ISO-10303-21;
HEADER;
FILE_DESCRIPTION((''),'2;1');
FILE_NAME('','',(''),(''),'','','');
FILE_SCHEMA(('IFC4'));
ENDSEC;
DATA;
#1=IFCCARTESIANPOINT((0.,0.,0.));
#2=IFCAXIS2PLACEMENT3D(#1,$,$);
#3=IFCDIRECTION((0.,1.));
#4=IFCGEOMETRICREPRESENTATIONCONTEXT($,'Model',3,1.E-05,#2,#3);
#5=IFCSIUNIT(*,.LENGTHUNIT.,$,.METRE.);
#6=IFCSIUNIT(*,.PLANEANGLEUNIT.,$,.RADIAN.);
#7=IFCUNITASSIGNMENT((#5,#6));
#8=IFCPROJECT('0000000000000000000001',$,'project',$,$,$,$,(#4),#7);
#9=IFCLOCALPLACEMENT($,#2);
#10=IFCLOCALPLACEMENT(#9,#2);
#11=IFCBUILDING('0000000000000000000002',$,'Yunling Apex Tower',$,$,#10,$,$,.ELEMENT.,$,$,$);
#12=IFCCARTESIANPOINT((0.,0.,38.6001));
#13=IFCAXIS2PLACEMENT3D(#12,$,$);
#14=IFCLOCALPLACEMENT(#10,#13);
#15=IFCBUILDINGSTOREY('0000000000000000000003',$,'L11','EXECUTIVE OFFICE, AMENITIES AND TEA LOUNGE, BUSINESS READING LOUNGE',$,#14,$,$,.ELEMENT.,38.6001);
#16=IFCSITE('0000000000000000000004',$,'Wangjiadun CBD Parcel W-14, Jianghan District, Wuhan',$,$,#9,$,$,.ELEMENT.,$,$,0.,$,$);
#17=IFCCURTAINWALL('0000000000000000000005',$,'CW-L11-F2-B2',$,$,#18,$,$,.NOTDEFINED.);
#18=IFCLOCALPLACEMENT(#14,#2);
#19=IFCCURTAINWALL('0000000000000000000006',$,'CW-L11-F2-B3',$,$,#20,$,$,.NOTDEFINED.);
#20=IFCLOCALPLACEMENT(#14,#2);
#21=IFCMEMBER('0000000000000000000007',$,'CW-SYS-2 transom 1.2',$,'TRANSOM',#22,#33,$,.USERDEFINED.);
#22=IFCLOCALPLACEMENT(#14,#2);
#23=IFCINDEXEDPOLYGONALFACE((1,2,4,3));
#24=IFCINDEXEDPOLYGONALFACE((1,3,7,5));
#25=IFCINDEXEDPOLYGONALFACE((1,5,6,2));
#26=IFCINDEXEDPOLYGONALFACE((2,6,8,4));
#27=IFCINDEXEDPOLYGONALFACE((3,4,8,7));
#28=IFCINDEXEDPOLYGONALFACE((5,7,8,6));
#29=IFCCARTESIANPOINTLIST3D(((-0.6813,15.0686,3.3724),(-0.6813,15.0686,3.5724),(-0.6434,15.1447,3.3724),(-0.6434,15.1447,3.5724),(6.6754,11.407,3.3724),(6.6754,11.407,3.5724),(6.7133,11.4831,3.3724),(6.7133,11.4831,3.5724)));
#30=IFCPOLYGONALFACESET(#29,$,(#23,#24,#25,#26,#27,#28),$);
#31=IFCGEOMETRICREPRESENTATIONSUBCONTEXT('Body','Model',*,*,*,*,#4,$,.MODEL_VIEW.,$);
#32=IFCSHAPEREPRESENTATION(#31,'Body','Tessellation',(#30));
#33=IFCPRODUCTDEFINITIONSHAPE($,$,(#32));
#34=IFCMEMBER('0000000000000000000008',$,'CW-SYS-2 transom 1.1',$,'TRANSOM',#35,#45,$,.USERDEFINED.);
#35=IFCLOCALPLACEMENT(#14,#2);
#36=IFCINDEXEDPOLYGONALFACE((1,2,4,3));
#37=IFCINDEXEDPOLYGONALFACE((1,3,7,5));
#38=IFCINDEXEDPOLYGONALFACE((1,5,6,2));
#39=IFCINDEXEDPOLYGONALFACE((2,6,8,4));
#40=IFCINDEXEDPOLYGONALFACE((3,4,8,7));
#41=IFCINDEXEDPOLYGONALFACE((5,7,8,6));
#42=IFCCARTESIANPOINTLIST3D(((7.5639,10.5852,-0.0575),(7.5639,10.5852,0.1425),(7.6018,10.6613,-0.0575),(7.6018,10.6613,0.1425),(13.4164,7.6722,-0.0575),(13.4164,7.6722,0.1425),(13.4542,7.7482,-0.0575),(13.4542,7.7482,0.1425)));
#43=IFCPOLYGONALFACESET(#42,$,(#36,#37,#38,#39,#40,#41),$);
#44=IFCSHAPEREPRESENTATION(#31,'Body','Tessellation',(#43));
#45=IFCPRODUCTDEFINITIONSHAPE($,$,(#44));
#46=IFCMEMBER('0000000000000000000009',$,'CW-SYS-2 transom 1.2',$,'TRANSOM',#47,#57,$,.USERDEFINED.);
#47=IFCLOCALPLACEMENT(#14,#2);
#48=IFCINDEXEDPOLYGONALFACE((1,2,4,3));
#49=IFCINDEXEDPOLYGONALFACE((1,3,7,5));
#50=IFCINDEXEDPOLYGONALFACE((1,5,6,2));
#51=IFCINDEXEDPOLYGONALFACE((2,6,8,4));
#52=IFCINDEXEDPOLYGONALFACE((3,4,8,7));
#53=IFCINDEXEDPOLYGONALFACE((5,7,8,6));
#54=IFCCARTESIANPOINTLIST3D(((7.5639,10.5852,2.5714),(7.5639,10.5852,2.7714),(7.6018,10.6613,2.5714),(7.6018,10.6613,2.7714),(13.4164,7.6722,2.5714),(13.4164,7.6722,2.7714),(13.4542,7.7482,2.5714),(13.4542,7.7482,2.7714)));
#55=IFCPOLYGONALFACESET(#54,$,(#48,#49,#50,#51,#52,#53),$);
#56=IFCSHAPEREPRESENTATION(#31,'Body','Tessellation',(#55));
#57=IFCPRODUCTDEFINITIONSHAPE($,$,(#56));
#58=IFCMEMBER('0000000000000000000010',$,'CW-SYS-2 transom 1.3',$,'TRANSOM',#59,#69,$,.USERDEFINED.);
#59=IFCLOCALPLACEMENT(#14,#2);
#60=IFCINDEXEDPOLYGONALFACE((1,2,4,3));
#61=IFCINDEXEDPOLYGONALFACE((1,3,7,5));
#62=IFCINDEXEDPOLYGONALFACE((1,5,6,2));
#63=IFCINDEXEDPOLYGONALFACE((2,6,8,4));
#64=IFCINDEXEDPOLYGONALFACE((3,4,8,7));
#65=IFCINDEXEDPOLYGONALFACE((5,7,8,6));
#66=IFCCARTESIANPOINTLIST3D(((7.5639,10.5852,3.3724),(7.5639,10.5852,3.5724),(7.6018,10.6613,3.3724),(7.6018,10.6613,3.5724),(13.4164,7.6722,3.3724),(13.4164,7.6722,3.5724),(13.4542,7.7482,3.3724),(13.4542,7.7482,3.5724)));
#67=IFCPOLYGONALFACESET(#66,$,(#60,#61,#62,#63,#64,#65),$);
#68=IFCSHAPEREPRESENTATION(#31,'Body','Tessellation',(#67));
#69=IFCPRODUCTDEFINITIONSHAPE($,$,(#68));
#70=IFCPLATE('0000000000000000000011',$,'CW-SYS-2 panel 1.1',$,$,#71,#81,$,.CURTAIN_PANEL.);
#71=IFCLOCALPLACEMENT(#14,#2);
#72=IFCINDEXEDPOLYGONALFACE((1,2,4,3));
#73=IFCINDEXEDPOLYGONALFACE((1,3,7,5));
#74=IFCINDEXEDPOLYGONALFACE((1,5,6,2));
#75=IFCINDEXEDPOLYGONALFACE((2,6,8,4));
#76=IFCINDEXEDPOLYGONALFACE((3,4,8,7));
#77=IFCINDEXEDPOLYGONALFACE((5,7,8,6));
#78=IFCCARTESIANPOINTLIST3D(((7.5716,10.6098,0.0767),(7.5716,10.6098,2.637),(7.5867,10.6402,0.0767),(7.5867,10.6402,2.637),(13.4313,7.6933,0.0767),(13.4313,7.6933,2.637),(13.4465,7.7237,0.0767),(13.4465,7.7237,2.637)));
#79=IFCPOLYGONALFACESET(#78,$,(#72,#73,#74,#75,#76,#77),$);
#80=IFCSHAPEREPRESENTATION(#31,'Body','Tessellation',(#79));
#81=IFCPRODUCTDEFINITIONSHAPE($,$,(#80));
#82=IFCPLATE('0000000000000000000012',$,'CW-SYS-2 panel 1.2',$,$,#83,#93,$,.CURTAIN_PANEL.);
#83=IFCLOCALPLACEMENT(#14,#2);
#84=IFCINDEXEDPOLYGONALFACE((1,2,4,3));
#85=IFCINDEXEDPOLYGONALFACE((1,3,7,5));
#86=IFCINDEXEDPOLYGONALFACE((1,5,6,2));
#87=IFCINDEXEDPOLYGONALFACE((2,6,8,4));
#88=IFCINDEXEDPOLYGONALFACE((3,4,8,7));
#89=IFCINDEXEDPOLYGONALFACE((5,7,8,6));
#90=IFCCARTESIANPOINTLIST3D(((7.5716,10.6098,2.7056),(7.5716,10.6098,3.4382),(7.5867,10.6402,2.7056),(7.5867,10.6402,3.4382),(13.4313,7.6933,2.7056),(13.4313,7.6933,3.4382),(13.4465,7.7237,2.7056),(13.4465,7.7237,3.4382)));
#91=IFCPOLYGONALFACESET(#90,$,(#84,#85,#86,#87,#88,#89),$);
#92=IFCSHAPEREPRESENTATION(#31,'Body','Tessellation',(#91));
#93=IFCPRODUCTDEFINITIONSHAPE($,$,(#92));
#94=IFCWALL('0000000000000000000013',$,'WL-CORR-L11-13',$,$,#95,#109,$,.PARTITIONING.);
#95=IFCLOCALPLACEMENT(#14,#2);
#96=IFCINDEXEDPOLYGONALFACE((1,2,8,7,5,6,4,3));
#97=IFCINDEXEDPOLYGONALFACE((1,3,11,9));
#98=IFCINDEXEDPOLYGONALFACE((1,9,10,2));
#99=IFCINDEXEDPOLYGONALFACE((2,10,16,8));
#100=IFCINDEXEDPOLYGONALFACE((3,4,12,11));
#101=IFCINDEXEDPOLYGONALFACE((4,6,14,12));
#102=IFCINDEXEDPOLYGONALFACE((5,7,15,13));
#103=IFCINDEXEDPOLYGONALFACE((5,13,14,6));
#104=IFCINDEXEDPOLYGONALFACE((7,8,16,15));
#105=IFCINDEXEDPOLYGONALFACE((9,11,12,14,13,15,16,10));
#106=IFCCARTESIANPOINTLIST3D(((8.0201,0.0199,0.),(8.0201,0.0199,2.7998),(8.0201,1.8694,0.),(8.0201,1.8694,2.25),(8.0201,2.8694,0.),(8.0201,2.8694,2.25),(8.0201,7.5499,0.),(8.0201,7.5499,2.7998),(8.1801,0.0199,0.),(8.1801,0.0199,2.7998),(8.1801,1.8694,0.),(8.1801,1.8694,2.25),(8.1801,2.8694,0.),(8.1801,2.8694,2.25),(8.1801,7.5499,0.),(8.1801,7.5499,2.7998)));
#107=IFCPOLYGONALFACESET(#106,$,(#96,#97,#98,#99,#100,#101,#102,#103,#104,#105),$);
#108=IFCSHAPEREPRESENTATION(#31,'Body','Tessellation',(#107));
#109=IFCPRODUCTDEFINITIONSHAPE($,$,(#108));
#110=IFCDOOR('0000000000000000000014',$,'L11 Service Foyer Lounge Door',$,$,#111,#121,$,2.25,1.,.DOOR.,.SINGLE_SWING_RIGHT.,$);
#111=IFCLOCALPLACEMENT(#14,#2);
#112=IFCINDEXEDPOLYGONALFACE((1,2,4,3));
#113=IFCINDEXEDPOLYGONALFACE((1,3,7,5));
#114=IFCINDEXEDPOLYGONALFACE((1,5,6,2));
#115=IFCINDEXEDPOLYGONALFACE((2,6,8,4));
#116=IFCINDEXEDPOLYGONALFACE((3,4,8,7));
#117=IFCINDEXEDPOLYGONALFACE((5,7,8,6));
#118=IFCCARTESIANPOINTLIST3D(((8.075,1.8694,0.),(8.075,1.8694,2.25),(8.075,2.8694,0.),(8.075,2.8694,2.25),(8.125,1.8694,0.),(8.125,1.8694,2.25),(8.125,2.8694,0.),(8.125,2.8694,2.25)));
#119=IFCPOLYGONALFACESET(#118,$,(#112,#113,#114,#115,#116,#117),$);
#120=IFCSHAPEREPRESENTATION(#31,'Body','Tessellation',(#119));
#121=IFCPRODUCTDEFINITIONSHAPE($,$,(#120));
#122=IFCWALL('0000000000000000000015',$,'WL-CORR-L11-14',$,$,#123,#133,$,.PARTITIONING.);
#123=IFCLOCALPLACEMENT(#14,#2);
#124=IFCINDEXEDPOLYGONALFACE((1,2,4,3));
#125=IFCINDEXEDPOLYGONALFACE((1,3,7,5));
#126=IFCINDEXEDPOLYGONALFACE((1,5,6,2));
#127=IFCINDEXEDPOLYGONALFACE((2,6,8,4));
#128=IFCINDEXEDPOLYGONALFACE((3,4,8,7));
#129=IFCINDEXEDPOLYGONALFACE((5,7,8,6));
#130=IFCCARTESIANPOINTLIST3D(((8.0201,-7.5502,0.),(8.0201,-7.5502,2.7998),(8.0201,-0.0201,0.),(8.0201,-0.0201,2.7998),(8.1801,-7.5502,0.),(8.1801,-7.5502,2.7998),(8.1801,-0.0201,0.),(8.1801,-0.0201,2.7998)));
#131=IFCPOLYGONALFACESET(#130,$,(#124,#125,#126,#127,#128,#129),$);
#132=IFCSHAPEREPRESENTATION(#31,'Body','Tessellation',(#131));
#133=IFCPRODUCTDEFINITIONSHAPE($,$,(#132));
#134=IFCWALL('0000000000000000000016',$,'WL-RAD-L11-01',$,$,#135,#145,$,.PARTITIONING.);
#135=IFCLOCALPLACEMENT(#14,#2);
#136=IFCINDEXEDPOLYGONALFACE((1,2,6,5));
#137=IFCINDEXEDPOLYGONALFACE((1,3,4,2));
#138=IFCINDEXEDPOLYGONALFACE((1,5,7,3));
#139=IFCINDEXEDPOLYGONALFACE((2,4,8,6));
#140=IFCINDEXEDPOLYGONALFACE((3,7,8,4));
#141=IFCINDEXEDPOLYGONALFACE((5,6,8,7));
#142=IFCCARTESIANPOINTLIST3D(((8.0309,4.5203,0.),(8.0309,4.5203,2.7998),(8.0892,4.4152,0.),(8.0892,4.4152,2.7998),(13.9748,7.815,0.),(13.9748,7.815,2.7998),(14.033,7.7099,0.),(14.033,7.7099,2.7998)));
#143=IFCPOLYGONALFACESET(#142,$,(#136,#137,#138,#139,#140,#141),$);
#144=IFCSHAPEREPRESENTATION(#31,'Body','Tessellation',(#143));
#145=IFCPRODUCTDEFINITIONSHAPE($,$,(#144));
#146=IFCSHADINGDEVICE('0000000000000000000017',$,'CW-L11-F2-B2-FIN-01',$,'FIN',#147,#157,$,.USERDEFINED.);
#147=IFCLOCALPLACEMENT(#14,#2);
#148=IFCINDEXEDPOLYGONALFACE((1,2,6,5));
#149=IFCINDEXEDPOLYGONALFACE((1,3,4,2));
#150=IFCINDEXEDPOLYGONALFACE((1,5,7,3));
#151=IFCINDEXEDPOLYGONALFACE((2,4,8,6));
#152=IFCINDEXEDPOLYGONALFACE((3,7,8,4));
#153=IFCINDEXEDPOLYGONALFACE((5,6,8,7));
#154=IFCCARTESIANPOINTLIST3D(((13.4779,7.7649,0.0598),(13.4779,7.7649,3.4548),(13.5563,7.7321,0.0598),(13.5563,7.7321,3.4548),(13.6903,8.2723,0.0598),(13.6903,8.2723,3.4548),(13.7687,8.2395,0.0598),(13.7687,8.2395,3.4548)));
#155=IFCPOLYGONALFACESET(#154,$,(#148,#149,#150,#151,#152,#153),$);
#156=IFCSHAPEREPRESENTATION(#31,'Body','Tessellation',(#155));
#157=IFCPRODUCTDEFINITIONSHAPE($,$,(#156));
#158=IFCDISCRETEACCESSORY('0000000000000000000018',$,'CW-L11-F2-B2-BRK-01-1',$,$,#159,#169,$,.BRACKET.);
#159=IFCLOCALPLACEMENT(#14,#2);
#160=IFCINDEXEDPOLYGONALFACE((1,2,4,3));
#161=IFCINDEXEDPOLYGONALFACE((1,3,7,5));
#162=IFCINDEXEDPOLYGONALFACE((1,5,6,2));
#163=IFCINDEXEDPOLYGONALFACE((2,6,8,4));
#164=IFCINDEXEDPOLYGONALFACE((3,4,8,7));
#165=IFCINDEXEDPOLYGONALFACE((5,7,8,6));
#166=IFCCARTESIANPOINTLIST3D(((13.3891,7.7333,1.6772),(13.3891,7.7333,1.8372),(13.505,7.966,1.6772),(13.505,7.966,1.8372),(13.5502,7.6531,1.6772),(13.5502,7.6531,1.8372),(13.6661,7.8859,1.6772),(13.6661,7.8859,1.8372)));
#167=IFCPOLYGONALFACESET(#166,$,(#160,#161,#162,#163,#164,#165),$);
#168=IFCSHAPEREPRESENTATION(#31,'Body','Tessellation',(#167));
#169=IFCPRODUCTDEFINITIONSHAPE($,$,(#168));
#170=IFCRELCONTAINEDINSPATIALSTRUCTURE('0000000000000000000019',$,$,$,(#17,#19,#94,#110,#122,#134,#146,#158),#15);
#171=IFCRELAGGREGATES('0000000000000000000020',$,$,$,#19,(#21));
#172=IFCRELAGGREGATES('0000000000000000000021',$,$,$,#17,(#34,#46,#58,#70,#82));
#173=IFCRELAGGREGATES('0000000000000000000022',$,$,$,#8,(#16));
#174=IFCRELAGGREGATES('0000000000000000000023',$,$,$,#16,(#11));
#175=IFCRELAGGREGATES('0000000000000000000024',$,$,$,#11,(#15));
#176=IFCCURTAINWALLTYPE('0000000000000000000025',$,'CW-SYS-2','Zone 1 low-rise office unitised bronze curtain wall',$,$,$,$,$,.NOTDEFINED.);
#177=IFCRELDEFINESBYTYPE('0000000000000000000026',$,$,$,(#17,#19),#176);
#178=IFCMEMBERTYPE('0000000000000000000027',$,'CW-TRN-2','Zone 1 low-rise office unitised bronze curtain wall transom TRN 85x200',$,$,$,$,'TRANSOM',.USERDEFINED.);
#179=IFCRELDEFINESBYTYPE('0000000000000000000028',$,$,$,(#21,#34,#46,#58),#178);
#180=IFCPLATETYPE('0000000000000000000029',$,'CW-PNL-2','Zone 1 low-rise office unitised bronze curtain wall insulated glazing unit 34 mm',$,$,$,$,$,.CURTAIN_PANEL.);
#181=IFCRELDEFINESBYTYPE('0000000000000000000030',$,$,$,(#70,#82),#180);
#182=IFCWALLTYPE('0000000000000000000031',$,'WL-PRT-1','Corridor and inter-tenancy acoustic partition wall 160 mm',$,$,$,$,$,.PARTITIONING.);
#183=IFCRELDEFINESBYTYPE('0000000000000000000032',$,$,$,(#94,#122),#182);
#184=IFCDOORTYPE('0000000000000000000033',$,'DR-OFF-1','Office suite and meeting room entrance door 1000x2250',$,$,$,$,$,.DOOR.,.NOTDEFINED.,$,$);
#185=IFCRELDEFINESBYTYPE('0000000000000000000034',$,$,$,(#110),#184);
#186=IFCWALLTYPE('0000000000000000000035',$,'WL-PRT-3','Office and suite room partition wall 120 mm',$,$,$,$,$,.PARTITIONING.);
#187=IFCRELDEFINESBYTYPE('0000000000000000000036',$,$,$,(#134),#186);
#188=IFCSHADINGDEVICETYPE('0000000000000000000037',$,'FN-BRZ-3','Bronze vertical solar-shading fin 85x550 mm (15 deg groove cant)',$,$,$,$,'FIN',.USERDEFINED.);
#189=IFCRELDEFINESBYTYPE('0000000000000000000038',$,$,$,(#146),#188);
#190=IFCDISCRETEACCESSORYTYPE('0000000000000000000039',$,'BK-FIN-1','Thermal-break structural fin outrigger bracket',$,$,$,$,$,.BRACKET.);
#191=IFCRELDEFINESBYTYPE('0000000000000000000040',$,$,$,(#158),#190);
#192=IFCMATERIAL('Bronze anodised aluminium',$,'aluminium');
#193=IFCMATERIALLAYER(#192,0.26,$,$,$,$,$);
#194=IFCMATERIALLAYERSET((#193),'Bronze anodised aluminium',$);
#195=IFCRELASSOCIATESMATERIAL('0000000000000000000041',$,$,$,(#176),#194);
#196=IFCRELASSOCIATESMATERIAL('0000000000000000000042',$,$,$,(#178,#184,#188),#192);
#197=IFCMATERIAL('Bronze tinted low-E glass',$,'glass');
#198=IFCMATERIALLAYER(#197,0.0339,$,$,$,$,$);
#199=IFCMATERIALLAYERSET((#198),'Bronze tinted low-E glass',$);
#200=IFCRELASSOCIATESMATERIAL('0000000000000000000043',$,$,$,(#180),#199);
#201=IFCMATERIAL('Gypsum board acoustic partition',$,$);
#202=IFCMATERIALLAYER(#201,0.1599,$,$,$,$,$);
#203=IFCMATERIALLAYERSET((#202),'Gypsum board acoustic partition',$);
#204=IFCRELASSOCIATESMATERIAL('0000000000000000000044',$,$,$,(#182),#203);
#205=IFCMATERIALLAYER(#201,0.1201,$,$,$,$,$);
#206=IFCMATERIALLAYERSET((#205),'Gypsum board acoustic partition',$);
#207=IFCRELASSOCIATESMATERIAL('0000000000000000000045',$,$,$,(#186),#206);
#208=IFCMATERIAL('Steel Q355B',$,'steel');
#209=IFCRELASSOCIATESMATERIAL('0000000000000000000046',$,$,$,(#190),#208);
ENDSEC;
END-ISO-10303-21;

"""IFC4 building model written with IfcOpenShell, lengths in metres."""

from ifc_helpers import new_model, si_unit, direction, frame, frame_2d, origin, origin_2d, place, context, subcontext, project, spatial, rectangle, extrude, source, transform, mapped, material, layer, layer_set, material_profile, profile_set, type_object, element, fill, aggregate, save


model = new_model("IFC4")

# Units and contexts
model_context = context("Model", 3, precision=1e-05, world=origin(), true_north=direction((0.0, 1.0)))
body_context = subcontext(model_context, "Body", "Model", "MODEL_VIEW")
ifc_project = project(units=[si_unit("LENGTHUNIT", "METRE"), si_unit("PLANEANGLEUNIT", "RADIAN")], contexts=[model_context])

# Site, building, storey
site_placement = place(None, origin())
site = spatial("IfcSite", under=ifc_project, at=site_placement, Name="Wangjiadun CBD Parcel W-14, Jianghan District, Wuhan", CompositionType="ELEMENT", RefElevation=0.0)
building_placement = place(site_placement, origin())
building = spatial("IfcBuilding", under=site, at=building_placement, Name="Yunling Apex Tower", CompositionType="ELEMENT")
storey_placement = place(building_placement, frame((0.0, 0.0, 38.6001)))
storey = spatial("IfcBuildingStorey", under=building, at=storey_placement, Name="L11", Description="EXECUTIVE OFFICE, AMENITIES AND TEA LOUNGE, BUSINESS READING LOUNGE", CompositionType="ELEMENT", Elevation=38.6001)

# Shared definitions
ifc_material_1 = material(Name="Steel Q355B", Category="steel")

# Curtain walls, member
ifc_material_2 = material(Name="Bronze anodised aluminium", Category="aluminium")
ifc_layer_1 = layer(ifc_material_2, 0.26)
ifc_layer_set_1 = layer_set([ifc_layer_1], Name="Bronze anodised aluminium")
curtain_wall_type = type_object("IfcCurtainWallType", Name="CW-SYS-2", Description="Zone 1 low-rise office unitised bronze curtain wall", PredefinedType="NOTDEFINED", material=ifc_layer_set_1)
curtain_wall_1_placement = place(storey_placement, origin())
curtain_wall_1 = element("IfcCurtainWall", 1, at=curtain_wall_1_placement, inside=storey, type_object=curtain_wall_type, Name="CW-L11-F2-B2", PredefinedType="NOTDEFINED")
curtain_wall_2_placement = place(storey_placement, origin())
curtain_wall_2 = element("IfcCurtainWall", 2, at=curtain_wall_2_placement, inside=storey, type_object=curtain_wall_type, Name="CW-L11-F2-B3", PredefinedType="NOTDEFINED")
ifc_material_profile_1 = material_profile(ifc_material_2, rectangle(XDim=0.085, YDim=0.2, at=origin_2d()))
ifc_profile_set_1 = profile_set([ifc_material_profile_1], Name="Bronze anodised aluminium")
member_type_1 = type_object("IfcMemberType", Name="CW-TRN-2", Description="Zone 1 low-rise office unitised bronze curtain wall transom TRN 85x200", ElementType="TRANSOM", PredefinedType="USERDEFINED", material=ifc_profile_set_1)
shared_shape_1 = source(origin(), body_context, "Body", "SweptSolid", [
    extrude(rectangle(XDim=0.085, YDim=0.2, at=origin_2d()), origin(), (0.0, 0.0, 1.0), 8.2175),
])
member_1_placement = place(storey_placement, frame((6.6943, 11.4451, 3.4724), z_axis=(-0.89524, 0.445585, 0.0), x_axis=(-0.445585, -0.89524, 0.0)))
member_1 = element("IfcMember", 3, at=member_1_placement, type_object=member_type_1, Name="CW-SYS-2 transom 1.2", ObjectType="TRANSOM", PredefinedType="USERDEFINED", context=body_context, shape_type="MappedRepresentation", body=[
    mapped(shared_shape_1, transform((0.0, 0.0, 0.0), scale=1.0)),
])
aggregate(curtain_wall_2, [member_1])

# Members
shared_shape_2 = source(origin(), body_context, "Body", "SweptSolid", [
    extrude(rectangle(XDim=0.085, YDim=0.2, at=origin_2d()), origin(), (0.0, 0.0, 1.0), 6.5374),
])
member_2_placement = place(storey_placement, frame((13.4353, 7.7102, 0.0425), z_axis=(-0.895232, 0.4456, 0.0), x_axis=(-0.4456, -0.895232, 0.0)))
member_2 = element("IfcMember", 4, at=member_2_placement, type_object=member_type_1, Name="CW-SYS-2 transom 1.1", ObjectType="TRANSOM", PredefinedType="USERDEFINED", context=body_context, shape_type="MappedRepresentation", body=[
    mapped(shared_shape_2, transform((0.0, 0.0, 0.0), scale=1.0)),
])
member_3_placement = place(storey_placement, frame((13.4353, 7.7102, 2.6714), z_axis=(-0.895232, 0.4456, 0.0), x_axis=(-0.4456, -0.895232, 0.0)))
member_3 = element("IfcMember", 5, at=member_3_placement, type_object=member_type_1, Name="CW-SYS-2 transom 1.2", ObjectType="TRANSOM", PredefinedType="USERDEFINED", context=body_context, shape_type="MappedRepresentation", body=[
    mapped(shared_shape_2, transform((0.0, 0.0, 0.0), scale=1.0)),
])
member_4_placement = place(storey_placement, frame((13.4353, 7.7102, 3.4724), z_axis=(-0.895232, 0.4456, 0.0), x_axis=(-0.4456, -0.895232, 0.0)))
member_4 = element("IfcMember", 6, at=member_4_placement, type_object=member_type_1, Name="CW-SYS-2 transom 1.3", ObjectType="TRANSOM", PredefinedType="USERDEFINED", context=body_context, shape_type="MappedRepresentation", body=[
    mapped(shared_shape_2, transform((0.0, 0.0, 0.0), scale=1.0)),
])

# Plates
ifc_material_3 = material(Name="Bronze tinted low-E glass", Category="glass")
ifc_layer_2 = layer(ifc_material_3, 0.0339)
ifc_layer_set_2 = layer_set([ifc_layer_2], Name="Bronze tinted low-E glass")
plate_type = type_object("IfcPlateType", Name="CW-PNL-2", Description="Zone 1 low-rise office unitised bronze curtain wall insulated glazing unit 34 mm", PredefinedType="CURTAIN_PANEL", material=ifc_layer_set_2)
shared_shape_3 = source(origin(), body_context, "Body", "SweptSolid", [
    extrude(rectangle(XDim=6.5454, YDim=0.0339, at=origin_2d()), origin(), (0.0, 0.0, 1.0), 2.5603),
])
plate_1_placement = place(storey_placement, frame((10.509, 9.1667, 0.0767), z_axis=(0.0, 0.0, 1.0), x_axis=(-0.895244, 0.445577, 0.0)))
plate_1 = element("IfcPlate", 7, at=plate_1_placement, type_object=plate_type, Name="CW-SYS-2 panel 1.1", PredefinedType="CURTAIN_PANEL", context=body_context, shape_type="MappedRepresentation", body=[
    mapped(shared_shape_3, transform((0.0, 0.0, 0.0), scale=1.0)),
])
shared_shape_4 = source(origin(), body_context, "Body", "SweptSolid", [
    extrude(rectangle(XDim=6.5454, YDim=0.0339, at=origin_2d()), origin(), (0.0, 0.0, 1.0), 0.7327),
])
plate_2_placement = place(storey_placement, frame((10.509, 9.1667, 2.7056), z_axis=(0.0, 0.0, 1.0), x_axis=(-0.895244, 0.445577, 0.0)))
plate_2 = element("IfcPlate", 8, at=plate_2_placement, type_object=plate_type, Name="CW-SYS-2 panel 1.2", PredefinedType="CURTAIN_PANEL", context=body_context, shape_type="MappedRepresentation", body=[
    mapped(shared_shape_4, transform((0.0, 0.0, 0.0), scale=1.0)),
])
aggregate(curtain_wall_1, [member_2, member_3, member_4, plate_1, plate_2])

# Wall, opening, door
ifc_material_4 = material(Name="Gypsum board acoustic partition")
ifc_layer_3 = layer(ifc_material_4, 0.1599)
ifc_layer_set_3 = layer_set([ifc_layer_3], Name="Gypsum board acoustic partition")
wall_type_1 = type_object("IfcWallType", Name="WL-PRT-1", Description="Corridor and inter-tenancy acoustic partition wall 160 mm", PredefinedType="PARTITIONING", material=ifc_layer_set_3)
wall_1_placement = place(storey_placement, frame((8.1001, 7.55, 0.0), z_axis=(0.0, 0.0, 1.0), x_axis=(0.0, -1.0, 0.0)))
wall_1 = element("IfcWall", 9, at=wall_1_placement, inside=storey, type_object=wall_type_1, Name="WL-CORR-L11-13", PredefinedType="PARTITIONING", context=body_context, shape_type="SweptSolid", body=[
    extrude(rectangle(XDim=7.53, YDim=0.1599, at=frame_2d((3.7651, 0.0))), origin(), (0.0, 0.0, 1.0), 2.7998),
])
opening_placement = place(wall_1_placement, frame((4.6807, 0.0, 0.0)))
opening = element("IfcOpeningElement", 10, at=opening_placement, cuts=wall_1, PredefinedType="OPENING", context=body_context, shape_type="SweptSolid", body=[
    extrude(rectangle(XDim=1.0, YDim=2.25, at=frame_2d((0.5, 1.125))), frame((0.0, 0.0898, 0.0), z_axis=(0.0, -1.0, 0.0), x_axis=(1.0, 0.0, 0.0)), (0.0, 0.0, 1.0), 0.1799),
])
door_type = type_object("IfcDoorType", Name="DR-OFF-1", Description="Office suite and meeting room entrance door 1000x2250", OperationType="NOTDEFINED", PredefinedType="DOOR", material=ifc_material_2)
door_placement = place(opening_placement, origin())
door = element("IfcDoor", 11, at=door_placement, inside=storey, type_object=door_type, Name="L11 Service Foyer Lounge Door", OperationType="SINGLE_SWING_RIGHT", OverallHeight=2.25, OverallWidth=1.0, PredefinedType="DOOR", context=body_context, shape_type="SweptSolid", body=[
    extrude(rectangle(XDim=1.0, YDim=2.25, at=frame_2d((0.5, 1.125))), frame((0.0, 0.0249, 0.0), z_axis=(0.0, -1.0, 0.0), x_axis=(1.0, 0.0, 0.0)), (0.0, 0.0, 1.0), 0.05),
])
fill(opening, door)

# Walls
wall_2_placement = place(storey_placement, frame((8.1001, -0.02, 0.0), z_axis=(0.0, 0.0, 1.0), x_axis=(0.0, -1.0, 0.0)))
element("IfcWall", 12, at=wall_2_placement, inside=storey, type_object=wall_type_1, Name="WL-CORR-L11-14", PredefinedType="PARTITIONING", context=body_context, shape_type="SweptSolid", body=[
    extrude(rectangle(XDim=7.53, YDim=0.1599, at=frame_2d((3.7651, 0.0))), origin(), (0.0, 0.0, 1.0), 2.7998),
])
ifc_layer_4 = layer(ifc_material_4, 0.1201)
ifc_layer_set_4 = layer_set([ifc_layer_4], Name="Gypsum board acoustic partition")
wall_type_2 = type_object("IfcWallType", Name="WL-PRT-3", Description="Office and suite room partition wall 120 mm", PredefinedType="PARTITIONING", material=ifc_layer_set_4)
wall_3_placement = place(storey_placement, frame((8.0601, 4.4678, 0.0), z_axis=(0.0, 0.0, 1.0), x_axis=(0.874623, 0.484804, 0.0)))
element("IfcWall", 13, at=wall_3_placement, inside=storey, type_object=wall_type_2, Name="WL-RAD-L11-01", PredefinedType="PARTITIONING", context=body_context, shape_type="SweptSolid", body=[
    extrude(rectangle(XDim=6.7959, YDim=0.1201, at=frame_2d((3.3979, 0.0))), origin(), (0.0, 0.0, 1.0), 2.7998),
])

# Shading device
ifc_material_profile_2 = material_profile(ifc_material_2, rectangle(XDim=0.085, YDim=0.55, at=origin_2d()))
ifc_profile_set_2 = profile_set([ifc_material_profile_2], Name="Bronze anodised aluminium")
shading_device_type = type_object("IfcShadingDeviceType", Name="FN-BRZ-3", Description="Bronze vertical solar-shading fin 85x550 mm (15 deg groove cant)", ElementType="FIN", PredefinedType="USERDEFINED", material=ifc_profile_set_2)
shared_shape_5 = source(origin(), body_context, "Body", "SweptSolid", [
    extrude(rectangle(XDim=0.085, YDim=0.55, at=origin_2d()), origin(), (0.0, 0.0, 1.0), 3.395),
])
shading_device_placement = place(storey_placement, frame((13.6233, 8.0022, 0.0598), z_axis=(0.0, 0.0, 1.0), x_axis=(-0.922471, 0.386067, 0.0)))
element("IfcShadingDevice", 14, at=shading_device_placement, inside=storey, type_object=shading_device_type, Name="CW-L11-F2-B2-FIN-01", ObjectType="FIN", PredefinedType="USERDEFINED", context=body_context, shape_type="MappedRepresentation", body=[
    mapped(shared_shape_5, transform((0.0, 0.0, 0.0), scale=1.0)),
])

# Discrete accessory
discrete_accessory_type = type_object("IfcDiscreteAccessoryType", Name="BK-FIN-1", Description="Thermal-break structural fin outrigger bracket", PredefinedType="BRACKET", material=ifc_material_1)
shared_shape_6 = source(origin(), body_context, "Body", "SweptSolid", [
    extrude(rectangle(XDim=0.1799, YDim=0.26, at=origin_2d()), origin(), (0.0, 0.0, 1.0), 0.1599),
])
discrete_accessory_placement = place(storey_placement, frame((13.5276, 7.8096, 1.6772), z_axis=(0.0, 0.0, 1.0), x_axis=(-0.895246, 0.445573, 0.0)))
element("IfcDiscreteAccessory", 15, at=discrete_accessory_placement, inside=storey, type_object=discrete_accessory_type, Name="CW-L11-F2-B2-BRK-01-1", PredefinedType="BRACKET", context=body_context, shape_type="MappedRepresentation", body=[
    mapped(shared_shape_6, transform((0.0, 0.0, 0.0), scale=1.0)),
])

save(model, "model.ifc")
